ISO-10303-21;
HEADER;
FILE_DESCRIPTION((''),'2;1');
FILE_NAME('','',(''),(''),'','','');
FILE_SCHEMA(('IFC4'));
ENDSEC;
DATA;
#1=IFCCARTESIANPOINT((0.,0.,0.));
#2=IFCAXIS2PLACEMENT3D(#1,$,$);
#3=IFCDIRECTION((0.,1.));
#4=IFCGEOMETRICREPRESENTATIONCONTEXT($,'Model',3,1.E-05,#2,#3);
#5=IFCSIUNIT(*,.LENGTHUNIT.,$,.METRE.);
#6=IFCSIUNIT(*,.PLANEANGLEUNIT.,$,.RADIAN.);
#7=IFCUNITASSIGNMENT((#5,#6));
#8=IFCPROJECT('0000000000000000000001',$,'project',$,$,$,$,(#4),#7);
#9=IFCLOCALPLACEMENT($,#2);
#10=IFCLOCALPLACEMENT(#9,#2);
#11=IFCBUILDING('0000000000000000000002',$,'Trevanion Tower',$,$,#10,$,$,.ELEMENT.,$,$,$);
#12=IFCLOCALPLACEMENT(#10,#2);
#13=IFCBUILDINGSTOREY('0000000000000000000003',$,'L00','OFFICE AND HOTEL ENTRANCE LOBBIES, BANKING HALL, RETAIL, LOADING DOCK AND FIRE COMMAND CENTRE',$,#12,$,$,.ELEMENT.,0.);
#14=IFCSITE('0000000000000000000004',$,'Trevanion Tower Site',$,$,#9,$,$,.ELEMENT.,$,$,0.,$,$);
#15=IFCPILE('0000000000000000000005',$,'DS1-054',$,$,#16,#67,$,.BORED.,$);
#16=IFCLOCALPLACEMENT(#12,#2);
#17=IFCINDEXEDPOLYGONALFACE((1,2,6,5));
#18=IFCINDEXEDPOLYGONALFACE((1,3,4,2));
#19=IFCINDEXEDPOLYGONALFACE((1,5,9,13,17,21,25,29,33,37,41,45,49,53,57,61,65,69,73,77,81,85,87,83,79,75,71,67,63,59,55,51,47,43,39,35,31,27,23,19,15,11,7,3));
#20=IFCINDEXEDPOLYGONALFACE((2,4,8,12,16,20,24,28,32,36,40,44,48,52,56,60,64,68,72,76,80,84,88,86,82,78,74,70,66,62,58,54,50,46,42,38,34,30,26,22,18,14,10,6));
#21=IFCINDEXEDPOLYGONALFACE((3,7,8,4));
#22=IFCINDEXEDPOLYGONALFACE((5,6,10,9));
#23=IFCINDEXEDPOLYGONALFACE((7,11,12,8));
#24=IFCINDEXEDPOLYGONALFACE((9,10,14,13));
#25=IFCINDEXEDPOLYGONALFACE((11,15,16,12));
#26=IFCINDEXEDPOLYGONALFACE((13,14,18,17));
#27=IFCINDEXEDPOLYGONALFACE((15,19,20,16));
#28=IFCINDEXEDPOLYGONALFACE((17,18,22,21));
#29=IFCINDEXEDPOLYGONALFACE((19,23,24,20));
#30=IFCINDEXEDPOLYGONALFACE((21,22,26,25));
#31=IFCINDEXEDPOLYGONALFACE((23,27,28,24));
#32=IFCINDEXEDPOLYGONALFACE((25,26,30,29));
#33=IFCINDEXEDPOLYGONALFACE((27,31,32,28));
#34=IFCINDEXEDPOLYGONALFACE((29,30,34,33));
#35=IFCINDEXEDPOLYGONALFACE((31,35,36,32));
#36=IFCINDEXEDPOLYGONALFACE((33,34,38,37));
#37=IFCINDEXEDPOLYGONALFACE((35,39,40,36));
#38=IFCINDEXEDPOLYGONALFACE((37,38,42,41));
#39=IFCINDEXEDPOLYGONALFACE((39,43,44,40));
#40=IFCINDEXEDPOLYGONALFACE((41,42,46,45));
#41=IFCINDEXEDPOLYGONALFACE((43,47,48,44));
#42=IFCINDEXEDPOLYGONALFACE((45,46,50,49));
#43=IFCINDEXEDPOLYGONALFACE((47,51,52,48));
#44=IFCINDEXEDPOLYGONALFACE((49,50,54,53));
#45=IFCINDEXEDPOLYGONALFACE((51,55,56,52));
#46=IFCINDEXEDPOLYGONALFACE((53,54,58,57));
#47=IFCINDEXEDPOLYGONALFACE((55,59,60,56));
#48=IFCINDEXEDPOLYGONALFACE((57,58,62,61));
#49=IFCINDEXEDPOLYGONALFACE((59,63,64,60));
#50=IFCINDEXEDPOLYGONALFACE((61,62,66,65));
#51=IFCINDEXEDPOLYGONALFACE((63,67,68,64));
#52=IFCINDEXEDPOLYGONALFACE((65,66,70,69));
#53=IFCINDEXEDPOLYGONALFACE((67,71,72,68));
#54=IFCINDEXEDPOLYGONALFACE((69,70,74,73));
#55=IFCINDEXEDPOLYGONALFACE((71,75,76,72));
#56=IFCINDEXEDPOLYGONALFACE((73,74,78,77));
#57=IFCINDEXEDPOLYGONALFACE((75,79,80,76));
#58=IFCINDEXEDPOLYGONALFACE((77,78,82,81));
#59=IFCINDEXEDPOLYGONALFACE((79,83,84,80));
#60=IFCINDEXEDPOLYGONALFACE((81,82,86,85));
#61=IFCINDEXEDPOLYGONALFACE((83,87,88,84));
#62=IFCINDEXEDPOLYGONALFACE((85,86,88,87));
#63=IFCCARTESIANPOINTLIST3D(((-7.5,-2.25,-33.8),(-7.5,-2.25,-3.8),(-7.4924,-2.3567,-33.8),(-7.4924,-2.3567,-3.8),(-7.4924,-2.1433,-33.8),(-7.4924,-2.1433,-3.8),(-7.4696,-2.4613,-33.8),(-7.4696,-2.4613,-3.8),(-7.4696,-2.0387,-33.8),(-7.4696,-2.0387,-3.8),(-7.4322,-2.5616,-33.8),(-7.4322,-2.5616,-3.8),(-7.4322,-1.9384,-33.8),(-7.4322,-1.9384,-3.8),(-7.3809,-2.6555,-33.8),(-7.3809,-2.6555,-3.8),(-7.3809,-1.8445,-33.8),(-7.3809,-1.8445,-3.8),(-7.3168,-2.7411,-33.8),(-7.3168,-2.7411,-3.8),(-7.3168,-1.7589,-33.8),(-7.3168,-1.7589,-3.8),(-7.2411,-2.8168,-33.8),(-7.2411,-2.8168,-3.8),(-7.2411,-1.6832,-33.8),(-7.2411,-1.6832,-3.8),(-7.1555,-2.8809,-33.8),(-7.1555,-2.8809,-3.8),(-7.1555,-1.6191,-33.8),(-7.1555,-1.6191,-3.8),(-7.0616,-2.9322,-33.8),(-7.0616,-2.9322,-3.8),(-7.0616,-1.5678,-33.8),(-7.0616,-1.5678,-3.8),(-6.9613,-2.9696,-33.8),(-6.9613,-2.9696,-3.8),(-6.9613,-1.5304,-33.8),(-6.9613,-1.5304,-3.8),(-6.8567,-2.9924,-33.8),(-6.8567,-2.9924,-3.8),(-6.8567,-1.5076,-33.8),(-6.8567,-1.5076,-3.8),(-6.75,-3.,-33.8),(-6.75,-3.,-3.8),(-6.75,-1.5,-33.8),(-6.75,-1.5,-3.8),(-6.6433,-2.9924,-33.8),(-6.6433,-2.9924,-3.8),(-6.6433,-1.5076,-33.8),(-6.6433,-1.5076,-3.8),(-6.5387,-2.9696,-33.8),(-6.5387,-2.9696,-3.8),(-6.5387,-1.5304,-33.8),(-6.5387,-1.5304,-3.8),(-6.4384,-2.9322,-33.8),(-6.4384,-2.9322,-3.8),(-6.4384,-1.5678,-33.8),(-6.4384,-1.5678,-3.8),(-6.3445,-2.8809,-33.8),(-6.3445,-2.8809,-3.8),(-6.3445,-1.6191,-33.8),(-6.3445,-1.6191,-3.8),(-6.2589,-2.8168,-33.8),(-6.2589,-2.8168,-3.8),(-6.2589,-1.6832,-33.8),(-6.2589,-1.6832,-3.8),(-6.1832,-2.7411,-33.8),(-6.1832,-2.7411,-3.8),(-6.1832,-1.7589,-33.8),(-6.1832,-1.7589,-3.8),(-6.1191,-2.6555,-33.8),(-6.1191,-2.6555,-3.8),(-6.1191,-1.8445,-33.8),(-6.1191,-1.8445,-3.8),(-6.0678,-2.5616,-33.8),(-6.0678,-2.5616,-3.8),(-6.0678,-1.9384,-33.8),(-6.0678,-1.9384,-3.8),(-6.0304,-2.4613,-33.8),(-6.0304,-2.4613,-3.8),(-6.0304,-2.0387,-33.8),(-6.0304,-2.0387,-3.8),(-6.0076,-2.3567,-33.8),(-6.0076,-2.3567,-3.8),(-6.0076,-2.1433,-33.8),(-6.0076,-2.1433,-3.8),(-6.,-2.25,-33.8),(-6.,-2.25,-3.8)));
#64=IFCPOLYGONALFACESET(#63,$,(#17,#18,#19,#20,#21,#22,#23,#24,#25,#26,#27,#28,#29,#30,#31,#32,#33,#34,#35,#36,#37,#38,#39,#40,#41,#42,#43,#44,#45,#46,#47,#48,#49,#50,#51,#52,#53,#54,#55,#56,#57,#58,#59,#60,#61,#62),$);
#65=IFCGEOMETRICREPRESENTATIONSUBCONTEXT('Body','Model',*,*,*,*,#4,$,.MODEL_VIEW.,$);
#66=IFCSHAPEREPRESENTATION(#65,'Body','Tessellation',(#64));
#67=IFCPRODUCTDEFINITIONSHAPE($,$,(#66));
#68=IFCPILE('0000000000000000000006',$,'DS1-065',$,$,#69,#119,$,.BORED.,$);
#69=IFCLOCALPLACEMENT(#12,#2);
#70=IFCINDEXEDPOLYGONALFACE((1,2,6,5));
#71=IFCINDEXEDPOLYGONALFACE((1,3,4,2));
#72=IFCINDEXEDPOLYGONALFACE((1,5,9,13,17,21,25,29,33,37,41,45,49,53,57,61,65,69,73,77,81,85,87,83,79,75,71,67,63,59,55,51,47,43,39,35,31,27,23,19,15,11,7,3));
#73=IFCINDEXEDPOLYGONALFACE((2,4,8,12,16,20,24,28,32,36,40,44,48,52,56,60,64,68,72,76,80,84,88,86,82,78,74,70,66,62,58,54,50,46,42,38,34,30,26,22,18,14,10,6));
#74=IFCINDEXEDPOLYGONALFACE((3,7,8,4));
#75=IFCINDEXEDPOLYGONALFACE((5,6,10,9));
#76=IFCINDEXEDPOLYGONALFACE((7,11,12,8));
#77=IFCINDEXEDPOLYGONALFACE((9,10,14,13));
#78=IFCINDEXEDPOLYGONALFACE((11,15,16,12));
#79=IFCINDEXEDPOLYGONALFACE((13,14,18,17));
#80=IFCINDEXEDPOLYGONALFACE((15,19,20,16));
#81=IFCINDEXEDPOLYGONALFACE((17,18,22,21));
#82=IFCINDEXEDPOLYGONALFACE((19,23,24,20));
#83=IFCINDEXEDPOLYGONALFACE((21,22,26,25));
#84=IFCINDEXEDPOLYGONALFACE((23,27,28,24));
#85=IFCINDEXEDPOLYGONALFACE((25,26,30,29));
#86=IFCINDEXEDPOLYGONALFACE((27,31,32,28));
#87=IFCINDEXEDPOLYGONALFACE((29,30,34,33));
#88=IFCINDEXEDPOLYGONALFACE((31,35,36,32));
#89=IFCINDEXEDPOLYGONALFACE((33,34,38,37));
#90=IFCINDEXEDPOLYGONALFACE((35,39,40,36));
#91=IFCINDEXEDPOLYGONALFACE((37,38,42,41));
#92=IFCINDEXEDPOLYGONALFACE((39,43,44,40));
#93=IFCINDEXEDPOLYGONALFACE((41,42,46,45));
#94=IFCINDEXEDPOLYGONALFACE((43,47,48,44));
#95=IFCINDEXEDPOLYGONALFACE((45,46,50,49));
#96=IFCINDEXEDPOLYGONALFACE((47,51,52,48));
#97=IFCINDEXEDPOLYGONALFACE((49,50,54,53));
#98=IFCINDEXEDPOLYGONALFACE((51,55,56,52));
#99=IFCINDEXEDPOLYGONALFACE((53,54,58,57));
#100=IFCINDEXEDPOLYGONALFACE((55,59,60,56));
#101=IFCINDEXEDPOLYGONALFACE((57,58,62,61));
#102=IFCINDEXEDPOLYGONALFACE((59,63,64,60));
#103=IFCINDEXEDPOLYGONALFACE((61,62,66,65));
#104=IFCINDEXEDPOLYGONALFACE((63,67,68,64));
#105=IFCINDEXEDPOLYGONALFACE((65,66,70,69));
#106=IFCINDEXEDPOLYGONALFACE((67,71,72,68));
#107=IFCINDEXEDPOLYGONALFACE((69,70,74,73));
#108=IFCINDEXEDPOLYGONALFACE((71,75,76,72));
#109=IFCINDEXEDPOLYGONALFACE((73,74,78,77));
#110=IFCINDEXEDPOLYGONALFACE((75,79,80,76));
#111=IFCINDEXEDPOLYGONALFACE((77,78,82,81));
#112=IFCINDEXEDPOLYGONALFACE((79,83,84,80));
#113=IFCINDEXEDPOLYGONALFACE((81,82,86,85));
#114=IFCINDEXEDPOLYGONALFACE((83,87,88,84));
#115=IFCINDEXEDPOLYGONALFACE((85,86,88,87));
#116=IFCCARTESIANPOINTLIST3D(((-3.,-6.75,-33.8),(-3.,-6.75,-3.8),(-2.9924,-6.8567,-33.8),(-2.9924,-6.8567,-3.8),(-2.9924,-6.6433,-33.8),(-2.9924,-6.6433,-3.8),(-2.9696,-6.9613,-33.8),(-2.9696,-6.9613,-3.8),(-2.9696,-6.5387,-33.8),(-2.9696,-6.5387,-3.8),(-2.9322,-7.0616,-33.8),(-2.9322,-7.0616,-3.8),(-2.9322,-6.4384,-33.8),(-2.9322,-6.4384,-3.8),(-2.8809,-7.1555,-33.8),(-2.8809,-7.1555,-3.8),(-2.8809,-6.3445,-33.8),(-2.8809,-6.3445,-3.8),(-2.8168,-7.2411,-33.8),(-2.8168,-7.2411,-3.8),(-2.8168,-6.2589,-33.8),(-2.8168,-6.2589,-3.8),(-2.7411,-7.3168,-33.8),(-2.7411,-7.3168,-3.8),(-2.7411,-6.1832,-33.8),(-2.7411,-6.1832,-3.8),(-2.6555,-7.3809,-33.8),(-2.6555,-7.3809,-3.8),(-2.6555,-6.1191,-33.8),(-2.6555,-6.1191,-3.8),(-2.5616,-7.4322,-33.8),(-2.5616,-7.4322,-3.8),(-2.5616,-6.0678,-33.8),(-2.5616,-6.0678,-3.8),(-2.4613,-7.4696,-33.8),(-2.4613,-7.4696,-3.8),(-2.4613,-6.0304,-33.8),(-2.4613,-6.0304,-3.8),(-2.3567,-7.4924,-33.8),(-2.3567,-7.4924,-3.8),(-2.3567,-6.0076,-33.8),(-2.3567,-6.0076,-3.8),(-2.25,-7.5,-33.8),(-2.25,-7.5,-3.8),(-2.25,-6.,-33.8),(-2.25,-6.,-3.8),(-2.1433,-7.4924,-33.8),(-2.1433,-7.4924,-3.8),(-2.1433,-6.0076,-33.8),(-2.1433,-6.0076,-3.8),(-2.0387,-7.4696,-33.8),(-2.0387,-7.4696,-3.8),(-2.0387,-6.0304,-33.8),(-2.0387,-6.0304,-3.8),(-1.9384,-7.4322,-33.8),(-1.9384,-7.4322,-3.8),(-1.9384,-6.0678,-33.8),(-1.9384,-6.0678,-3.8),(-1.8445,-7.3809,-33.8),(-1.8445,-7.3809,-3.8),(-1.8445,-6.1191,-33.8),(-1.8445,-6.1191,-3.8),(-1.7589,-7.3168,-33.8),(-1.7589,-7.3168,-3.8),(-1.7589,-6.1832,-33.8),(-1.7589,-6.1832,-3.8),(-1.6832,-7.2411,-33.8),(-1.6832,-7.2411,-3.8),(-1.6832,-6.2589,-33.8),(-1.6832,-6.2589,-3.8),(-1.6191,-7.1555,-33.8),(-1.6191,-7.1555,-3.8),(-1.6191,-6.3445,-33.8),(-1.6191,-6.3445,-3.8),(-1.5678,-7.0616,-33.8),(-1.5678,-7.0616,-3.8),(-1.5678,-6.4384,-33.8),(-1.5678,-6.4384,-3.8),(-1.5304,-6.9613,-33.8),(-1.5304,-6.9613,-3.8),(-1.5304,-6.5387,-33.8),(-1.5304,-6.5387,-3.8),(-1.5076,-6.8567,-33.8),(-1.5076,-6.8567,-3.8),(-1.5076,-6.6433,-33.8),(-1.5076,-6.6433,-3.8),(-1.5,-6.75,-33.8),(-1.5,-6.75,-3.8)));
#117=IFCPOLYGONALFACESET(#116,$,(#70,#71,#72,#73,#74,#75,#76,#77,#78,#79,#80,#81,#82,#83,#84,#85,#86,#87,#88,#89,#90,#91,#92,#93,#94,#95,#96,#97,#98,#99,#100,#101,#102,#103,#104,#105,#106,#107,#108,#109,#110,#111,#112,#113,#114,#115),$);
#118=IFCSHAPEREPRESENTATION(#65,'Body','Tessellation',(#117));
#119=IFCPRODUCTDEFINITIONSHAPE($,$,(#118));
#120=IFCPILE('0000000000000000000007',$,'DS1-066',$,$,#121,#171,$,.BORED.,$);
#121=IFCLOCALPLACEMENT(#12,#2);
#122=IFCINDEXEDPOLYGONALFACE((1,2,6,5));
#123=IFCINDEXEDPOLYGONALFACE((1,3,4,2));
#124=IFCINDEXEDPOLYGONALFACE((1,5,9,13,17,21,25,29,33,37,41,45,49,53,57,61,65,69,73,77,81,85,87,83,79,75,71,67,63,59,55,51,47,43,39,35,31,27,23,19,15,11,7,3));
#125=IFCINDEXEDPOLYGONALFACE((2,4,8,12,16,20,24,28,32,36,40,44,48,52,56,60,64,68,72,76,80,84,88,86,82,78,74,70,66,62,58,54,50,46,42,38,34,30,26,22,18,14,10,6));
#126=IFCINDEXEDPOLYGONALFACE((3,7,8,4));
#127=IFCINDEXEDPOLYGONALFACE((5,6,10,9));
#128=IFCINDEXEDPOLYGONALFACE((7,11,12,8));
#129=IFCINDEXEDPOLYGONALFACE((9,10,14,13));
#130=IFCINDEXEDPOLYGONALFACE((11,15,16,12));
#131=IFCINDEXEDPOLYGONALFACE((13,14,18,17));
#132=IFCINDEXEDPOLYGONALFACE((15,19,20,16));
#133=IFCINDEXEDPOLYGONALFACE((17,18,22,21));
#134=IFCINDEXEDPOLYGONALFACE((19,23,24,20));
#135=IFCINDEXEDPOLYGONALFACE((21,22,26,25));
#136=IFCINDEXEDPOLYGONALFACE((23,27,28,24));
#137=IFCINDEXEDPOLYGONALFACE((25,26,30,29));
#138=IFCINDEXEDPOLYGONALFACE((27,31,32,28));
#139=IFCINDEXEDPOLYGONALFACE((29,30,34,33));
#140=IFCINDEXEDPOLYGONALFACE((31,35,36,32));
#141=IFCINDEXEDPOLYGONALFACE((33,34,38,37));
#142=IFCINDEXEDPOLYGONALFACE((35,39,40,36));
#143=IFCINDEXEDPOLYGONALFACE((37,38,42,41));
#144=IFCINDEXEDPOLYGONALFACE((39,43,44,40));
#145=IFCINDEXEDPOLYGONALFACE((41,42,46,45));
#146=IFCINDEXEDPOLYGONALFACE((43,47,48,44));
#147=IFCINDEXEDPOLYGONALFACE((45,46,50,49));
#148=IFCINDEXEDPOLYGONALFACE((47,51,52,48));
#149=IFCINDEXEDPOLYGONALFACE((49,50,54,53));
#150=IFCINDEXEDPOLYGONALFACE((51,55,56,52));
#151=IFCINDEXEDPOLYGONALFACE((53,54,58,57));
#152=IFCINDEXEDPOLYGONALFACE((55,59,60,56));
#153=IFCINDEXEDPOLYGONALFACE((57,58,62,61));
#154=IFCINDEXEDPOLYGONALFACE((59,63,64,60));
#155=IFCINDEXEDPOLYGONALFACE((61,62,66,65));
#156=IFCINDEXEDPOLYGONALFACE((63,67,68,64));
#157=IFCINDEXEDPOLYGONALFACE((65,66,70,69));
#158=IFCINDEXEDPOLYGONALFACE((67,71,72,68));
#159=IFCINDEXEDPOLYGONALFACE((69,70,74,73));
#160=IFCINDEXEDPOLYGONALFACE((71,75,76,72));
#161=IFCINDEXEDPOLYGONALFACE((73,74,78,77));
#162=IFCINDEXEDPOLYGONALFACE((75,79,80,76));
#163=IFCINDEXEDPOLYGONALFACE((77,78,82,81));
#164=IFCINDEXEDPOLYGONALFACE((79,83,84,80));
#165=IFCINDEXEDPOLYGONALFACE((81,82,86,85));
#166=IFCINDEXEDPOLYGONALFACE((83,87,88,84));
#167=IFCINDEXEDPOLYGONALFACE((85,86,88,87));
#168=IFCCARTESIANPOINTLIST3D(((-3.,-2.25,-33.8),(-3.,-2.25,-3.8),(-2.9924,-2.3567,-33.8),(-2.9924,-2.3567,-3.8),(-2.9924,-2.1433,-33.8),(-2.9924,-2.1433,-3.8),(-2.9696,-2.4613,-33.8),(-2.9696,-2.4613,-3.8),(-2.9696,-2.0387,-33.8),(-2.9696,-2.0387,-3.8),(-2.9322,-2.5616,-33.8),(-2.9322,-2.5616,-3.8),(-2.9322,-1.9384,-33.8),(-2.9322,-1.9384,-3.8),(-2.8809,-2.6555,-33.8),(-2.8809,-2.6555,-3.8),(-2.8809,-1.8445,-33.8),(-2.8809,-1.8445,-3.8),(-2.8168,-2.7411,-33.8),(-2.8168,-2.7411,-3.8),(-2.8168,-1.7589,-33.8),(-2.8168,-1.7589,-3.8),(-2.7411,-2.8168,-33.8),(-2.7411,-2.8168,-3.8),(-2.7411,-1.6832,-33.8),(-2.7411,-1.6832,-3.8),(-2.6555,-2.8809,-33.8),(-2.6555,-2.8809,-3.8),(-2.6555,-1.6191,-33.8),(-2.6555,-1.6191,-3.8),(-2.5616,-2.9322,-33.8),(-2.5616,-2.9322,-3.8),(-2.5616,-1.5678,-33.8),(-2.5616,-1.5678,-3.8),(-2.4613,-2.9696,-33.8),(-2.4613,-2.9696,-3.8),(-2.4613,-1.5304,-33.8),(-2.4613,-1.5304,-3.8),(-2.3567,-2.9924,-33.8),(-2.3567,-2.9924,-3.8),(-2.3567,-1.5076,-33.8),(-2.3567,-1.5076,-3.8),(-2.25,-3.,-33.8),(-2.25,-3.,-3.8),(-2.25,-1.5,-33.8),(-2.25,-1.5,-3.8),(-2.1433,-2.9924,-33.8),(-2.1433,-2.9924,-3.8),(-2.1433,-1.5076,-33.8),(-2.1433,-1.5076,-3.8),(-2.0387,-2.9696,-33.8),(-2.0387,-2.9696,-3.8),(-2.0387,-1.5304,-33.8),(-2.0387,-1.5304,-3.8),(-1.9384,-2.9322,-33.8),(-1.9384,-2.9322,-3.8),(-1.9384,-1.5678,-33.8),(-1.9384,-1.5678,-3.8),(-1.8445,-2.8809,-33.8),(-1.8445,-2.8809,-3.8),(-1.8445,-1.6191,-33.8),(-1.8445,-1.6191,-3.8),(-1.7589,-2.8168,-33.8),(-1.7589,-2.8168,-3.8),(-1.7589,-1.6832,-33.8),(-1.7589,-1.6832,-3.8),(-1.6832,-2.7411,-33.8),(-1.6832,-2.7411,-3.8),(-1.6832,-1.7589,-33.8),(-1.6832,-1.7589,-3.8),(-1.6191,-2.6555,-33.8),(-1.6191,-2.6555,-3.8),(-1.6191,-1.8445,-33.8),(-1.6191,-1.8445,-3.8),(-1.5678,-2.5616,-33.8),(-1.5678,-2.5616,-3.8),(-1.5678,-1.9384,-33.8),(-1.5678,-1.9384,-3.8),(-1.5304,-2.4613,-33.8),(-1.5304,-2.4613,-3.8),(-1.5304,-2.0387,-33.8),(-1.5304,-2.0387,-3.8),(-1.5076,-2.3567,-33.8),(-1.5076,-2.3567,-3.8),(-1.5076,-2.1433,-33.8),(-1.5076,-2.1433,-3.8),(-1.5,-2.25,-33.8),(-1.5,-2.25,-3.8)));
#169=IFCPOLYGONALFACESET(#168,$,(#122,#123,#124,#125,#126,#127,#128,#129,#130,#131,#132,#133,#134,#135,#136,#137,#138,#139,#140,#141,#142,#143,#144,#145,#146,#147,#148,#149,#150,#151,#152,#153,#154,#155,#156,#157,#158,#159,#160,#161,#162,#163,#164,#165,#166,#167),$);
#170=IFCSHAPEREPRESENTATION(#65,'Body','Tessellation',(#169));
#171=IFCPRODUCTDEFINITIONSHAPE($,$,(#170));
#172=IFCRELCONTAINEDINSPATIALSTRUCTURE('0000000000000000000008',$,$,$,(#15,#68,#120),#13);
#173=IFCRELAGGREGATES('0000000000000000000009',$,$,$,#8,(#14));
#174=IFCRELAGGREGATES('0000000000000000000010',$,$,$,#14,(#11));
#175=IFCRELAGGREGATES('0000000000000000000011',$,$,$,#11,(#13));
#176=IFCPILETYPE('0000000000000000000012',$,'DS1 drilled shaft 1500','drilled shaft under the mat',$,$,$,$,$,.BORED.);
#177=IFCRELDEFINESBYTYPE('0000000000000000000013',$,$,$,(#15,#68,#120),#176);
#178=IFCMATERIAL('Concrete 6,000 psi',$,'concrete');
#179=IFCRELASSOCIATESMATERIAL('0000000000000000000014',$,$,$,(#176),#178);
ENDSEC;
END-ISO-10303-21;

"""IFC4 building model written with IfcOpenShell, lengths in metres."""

from ifc_helpers import new_model, si_unit, direction, frame, origin, origin_2d, place, context, subcontext, project, spatial, circle, extrude, material, material_profile, profile_set, type_object, element, save


model = new_model("IFC4")

# Units and contexts
model_context = context("Model", 3, precision=1e-05, world=origin(), true_north=direction((0.0, 1.0)))
body_context = subcontext(model_context, "Body", "Model", "MODEL_VIEW")
ifc_project = project(units=[si_unit("LENGTHUNIT", "METRE"), si_unit("PLANEANGLEUNIT", "RADIAN")], contexts=[model_context])

# Site, building, storey
site_placement = place(None, origin())
site = spatial("IfcSite", under=ifc_project, at=site_placement, Name="Trevanion Tower Site", CompositionType="ELEMENT", RefElevation=0.0)
building_placement = place(site_placement, origin())
building = spatial("IfcBuilding", under=site, at=building_placement, Name="Trevanion Tower", CompositionType="ELEMENT")
storey_placement = place(building_placement, origin())
storey = spatial("IfcBuildingStorey", under=building, at=storey_placement, Name="L00", Description="OFFICE AND HOTEL ENTRANCE LOBBIES, BANKING HALL, RETAIL, LOADING DOCK AND FIRE COMMAND CENTRE", CompositionType="ELEMENT", Elevation=0.0)

# Piles
ifc_material_1 = material(Name="Concrete 6,000 psi", Category="concrete")
ifc_material_profile = material_profile(ifc_material_1, circle(Radius=0.75, at=origin_2d()), Name="DS1 drilled shaft 1500")
ifc_profile_set = profile_set([ifc_material_profile], Name="Concrete 6,000 psi")
pile_type = type_object("IfcPileType", Name="DS1 drilled shaft 1500", Description="drilled shaft under the mat", PredefinedType="BORED", material=ifc_profile_set)
for number, where, z_axis, x_axis, name in (
    (1, (-6.75, -2.25, -3.8), (0.0, 0.0, -1.0), (1.0, 0.0, 0.0), "DS1-054"),
    (2, (-2.25, -6.75, -3.8), (0.0, 0.0, -1.0), (1.0, 0.0, 0.0), "DS1-065"),
    (3, (-2.25, -2.25, -3.8), (0.0, 0.0, -1.0), (1.0, 0.0, 0.0), "DS1-066"),
):
    element("IfcPile", number, at=place(storey_placement, frame(where, z_axis=z_axis, x_axis=x_axis)), inside=storey, type_object=pile_type, Name=name, PredefinedType="BORED", context=body_context, shape_type="SweptSolid", body=[
        extrude(circle(Radius=0.75, at=origin_2d()), origin(), (0.0, 0.0, 1.0), 30.0),
    ])

save(model, "model.ifc")
